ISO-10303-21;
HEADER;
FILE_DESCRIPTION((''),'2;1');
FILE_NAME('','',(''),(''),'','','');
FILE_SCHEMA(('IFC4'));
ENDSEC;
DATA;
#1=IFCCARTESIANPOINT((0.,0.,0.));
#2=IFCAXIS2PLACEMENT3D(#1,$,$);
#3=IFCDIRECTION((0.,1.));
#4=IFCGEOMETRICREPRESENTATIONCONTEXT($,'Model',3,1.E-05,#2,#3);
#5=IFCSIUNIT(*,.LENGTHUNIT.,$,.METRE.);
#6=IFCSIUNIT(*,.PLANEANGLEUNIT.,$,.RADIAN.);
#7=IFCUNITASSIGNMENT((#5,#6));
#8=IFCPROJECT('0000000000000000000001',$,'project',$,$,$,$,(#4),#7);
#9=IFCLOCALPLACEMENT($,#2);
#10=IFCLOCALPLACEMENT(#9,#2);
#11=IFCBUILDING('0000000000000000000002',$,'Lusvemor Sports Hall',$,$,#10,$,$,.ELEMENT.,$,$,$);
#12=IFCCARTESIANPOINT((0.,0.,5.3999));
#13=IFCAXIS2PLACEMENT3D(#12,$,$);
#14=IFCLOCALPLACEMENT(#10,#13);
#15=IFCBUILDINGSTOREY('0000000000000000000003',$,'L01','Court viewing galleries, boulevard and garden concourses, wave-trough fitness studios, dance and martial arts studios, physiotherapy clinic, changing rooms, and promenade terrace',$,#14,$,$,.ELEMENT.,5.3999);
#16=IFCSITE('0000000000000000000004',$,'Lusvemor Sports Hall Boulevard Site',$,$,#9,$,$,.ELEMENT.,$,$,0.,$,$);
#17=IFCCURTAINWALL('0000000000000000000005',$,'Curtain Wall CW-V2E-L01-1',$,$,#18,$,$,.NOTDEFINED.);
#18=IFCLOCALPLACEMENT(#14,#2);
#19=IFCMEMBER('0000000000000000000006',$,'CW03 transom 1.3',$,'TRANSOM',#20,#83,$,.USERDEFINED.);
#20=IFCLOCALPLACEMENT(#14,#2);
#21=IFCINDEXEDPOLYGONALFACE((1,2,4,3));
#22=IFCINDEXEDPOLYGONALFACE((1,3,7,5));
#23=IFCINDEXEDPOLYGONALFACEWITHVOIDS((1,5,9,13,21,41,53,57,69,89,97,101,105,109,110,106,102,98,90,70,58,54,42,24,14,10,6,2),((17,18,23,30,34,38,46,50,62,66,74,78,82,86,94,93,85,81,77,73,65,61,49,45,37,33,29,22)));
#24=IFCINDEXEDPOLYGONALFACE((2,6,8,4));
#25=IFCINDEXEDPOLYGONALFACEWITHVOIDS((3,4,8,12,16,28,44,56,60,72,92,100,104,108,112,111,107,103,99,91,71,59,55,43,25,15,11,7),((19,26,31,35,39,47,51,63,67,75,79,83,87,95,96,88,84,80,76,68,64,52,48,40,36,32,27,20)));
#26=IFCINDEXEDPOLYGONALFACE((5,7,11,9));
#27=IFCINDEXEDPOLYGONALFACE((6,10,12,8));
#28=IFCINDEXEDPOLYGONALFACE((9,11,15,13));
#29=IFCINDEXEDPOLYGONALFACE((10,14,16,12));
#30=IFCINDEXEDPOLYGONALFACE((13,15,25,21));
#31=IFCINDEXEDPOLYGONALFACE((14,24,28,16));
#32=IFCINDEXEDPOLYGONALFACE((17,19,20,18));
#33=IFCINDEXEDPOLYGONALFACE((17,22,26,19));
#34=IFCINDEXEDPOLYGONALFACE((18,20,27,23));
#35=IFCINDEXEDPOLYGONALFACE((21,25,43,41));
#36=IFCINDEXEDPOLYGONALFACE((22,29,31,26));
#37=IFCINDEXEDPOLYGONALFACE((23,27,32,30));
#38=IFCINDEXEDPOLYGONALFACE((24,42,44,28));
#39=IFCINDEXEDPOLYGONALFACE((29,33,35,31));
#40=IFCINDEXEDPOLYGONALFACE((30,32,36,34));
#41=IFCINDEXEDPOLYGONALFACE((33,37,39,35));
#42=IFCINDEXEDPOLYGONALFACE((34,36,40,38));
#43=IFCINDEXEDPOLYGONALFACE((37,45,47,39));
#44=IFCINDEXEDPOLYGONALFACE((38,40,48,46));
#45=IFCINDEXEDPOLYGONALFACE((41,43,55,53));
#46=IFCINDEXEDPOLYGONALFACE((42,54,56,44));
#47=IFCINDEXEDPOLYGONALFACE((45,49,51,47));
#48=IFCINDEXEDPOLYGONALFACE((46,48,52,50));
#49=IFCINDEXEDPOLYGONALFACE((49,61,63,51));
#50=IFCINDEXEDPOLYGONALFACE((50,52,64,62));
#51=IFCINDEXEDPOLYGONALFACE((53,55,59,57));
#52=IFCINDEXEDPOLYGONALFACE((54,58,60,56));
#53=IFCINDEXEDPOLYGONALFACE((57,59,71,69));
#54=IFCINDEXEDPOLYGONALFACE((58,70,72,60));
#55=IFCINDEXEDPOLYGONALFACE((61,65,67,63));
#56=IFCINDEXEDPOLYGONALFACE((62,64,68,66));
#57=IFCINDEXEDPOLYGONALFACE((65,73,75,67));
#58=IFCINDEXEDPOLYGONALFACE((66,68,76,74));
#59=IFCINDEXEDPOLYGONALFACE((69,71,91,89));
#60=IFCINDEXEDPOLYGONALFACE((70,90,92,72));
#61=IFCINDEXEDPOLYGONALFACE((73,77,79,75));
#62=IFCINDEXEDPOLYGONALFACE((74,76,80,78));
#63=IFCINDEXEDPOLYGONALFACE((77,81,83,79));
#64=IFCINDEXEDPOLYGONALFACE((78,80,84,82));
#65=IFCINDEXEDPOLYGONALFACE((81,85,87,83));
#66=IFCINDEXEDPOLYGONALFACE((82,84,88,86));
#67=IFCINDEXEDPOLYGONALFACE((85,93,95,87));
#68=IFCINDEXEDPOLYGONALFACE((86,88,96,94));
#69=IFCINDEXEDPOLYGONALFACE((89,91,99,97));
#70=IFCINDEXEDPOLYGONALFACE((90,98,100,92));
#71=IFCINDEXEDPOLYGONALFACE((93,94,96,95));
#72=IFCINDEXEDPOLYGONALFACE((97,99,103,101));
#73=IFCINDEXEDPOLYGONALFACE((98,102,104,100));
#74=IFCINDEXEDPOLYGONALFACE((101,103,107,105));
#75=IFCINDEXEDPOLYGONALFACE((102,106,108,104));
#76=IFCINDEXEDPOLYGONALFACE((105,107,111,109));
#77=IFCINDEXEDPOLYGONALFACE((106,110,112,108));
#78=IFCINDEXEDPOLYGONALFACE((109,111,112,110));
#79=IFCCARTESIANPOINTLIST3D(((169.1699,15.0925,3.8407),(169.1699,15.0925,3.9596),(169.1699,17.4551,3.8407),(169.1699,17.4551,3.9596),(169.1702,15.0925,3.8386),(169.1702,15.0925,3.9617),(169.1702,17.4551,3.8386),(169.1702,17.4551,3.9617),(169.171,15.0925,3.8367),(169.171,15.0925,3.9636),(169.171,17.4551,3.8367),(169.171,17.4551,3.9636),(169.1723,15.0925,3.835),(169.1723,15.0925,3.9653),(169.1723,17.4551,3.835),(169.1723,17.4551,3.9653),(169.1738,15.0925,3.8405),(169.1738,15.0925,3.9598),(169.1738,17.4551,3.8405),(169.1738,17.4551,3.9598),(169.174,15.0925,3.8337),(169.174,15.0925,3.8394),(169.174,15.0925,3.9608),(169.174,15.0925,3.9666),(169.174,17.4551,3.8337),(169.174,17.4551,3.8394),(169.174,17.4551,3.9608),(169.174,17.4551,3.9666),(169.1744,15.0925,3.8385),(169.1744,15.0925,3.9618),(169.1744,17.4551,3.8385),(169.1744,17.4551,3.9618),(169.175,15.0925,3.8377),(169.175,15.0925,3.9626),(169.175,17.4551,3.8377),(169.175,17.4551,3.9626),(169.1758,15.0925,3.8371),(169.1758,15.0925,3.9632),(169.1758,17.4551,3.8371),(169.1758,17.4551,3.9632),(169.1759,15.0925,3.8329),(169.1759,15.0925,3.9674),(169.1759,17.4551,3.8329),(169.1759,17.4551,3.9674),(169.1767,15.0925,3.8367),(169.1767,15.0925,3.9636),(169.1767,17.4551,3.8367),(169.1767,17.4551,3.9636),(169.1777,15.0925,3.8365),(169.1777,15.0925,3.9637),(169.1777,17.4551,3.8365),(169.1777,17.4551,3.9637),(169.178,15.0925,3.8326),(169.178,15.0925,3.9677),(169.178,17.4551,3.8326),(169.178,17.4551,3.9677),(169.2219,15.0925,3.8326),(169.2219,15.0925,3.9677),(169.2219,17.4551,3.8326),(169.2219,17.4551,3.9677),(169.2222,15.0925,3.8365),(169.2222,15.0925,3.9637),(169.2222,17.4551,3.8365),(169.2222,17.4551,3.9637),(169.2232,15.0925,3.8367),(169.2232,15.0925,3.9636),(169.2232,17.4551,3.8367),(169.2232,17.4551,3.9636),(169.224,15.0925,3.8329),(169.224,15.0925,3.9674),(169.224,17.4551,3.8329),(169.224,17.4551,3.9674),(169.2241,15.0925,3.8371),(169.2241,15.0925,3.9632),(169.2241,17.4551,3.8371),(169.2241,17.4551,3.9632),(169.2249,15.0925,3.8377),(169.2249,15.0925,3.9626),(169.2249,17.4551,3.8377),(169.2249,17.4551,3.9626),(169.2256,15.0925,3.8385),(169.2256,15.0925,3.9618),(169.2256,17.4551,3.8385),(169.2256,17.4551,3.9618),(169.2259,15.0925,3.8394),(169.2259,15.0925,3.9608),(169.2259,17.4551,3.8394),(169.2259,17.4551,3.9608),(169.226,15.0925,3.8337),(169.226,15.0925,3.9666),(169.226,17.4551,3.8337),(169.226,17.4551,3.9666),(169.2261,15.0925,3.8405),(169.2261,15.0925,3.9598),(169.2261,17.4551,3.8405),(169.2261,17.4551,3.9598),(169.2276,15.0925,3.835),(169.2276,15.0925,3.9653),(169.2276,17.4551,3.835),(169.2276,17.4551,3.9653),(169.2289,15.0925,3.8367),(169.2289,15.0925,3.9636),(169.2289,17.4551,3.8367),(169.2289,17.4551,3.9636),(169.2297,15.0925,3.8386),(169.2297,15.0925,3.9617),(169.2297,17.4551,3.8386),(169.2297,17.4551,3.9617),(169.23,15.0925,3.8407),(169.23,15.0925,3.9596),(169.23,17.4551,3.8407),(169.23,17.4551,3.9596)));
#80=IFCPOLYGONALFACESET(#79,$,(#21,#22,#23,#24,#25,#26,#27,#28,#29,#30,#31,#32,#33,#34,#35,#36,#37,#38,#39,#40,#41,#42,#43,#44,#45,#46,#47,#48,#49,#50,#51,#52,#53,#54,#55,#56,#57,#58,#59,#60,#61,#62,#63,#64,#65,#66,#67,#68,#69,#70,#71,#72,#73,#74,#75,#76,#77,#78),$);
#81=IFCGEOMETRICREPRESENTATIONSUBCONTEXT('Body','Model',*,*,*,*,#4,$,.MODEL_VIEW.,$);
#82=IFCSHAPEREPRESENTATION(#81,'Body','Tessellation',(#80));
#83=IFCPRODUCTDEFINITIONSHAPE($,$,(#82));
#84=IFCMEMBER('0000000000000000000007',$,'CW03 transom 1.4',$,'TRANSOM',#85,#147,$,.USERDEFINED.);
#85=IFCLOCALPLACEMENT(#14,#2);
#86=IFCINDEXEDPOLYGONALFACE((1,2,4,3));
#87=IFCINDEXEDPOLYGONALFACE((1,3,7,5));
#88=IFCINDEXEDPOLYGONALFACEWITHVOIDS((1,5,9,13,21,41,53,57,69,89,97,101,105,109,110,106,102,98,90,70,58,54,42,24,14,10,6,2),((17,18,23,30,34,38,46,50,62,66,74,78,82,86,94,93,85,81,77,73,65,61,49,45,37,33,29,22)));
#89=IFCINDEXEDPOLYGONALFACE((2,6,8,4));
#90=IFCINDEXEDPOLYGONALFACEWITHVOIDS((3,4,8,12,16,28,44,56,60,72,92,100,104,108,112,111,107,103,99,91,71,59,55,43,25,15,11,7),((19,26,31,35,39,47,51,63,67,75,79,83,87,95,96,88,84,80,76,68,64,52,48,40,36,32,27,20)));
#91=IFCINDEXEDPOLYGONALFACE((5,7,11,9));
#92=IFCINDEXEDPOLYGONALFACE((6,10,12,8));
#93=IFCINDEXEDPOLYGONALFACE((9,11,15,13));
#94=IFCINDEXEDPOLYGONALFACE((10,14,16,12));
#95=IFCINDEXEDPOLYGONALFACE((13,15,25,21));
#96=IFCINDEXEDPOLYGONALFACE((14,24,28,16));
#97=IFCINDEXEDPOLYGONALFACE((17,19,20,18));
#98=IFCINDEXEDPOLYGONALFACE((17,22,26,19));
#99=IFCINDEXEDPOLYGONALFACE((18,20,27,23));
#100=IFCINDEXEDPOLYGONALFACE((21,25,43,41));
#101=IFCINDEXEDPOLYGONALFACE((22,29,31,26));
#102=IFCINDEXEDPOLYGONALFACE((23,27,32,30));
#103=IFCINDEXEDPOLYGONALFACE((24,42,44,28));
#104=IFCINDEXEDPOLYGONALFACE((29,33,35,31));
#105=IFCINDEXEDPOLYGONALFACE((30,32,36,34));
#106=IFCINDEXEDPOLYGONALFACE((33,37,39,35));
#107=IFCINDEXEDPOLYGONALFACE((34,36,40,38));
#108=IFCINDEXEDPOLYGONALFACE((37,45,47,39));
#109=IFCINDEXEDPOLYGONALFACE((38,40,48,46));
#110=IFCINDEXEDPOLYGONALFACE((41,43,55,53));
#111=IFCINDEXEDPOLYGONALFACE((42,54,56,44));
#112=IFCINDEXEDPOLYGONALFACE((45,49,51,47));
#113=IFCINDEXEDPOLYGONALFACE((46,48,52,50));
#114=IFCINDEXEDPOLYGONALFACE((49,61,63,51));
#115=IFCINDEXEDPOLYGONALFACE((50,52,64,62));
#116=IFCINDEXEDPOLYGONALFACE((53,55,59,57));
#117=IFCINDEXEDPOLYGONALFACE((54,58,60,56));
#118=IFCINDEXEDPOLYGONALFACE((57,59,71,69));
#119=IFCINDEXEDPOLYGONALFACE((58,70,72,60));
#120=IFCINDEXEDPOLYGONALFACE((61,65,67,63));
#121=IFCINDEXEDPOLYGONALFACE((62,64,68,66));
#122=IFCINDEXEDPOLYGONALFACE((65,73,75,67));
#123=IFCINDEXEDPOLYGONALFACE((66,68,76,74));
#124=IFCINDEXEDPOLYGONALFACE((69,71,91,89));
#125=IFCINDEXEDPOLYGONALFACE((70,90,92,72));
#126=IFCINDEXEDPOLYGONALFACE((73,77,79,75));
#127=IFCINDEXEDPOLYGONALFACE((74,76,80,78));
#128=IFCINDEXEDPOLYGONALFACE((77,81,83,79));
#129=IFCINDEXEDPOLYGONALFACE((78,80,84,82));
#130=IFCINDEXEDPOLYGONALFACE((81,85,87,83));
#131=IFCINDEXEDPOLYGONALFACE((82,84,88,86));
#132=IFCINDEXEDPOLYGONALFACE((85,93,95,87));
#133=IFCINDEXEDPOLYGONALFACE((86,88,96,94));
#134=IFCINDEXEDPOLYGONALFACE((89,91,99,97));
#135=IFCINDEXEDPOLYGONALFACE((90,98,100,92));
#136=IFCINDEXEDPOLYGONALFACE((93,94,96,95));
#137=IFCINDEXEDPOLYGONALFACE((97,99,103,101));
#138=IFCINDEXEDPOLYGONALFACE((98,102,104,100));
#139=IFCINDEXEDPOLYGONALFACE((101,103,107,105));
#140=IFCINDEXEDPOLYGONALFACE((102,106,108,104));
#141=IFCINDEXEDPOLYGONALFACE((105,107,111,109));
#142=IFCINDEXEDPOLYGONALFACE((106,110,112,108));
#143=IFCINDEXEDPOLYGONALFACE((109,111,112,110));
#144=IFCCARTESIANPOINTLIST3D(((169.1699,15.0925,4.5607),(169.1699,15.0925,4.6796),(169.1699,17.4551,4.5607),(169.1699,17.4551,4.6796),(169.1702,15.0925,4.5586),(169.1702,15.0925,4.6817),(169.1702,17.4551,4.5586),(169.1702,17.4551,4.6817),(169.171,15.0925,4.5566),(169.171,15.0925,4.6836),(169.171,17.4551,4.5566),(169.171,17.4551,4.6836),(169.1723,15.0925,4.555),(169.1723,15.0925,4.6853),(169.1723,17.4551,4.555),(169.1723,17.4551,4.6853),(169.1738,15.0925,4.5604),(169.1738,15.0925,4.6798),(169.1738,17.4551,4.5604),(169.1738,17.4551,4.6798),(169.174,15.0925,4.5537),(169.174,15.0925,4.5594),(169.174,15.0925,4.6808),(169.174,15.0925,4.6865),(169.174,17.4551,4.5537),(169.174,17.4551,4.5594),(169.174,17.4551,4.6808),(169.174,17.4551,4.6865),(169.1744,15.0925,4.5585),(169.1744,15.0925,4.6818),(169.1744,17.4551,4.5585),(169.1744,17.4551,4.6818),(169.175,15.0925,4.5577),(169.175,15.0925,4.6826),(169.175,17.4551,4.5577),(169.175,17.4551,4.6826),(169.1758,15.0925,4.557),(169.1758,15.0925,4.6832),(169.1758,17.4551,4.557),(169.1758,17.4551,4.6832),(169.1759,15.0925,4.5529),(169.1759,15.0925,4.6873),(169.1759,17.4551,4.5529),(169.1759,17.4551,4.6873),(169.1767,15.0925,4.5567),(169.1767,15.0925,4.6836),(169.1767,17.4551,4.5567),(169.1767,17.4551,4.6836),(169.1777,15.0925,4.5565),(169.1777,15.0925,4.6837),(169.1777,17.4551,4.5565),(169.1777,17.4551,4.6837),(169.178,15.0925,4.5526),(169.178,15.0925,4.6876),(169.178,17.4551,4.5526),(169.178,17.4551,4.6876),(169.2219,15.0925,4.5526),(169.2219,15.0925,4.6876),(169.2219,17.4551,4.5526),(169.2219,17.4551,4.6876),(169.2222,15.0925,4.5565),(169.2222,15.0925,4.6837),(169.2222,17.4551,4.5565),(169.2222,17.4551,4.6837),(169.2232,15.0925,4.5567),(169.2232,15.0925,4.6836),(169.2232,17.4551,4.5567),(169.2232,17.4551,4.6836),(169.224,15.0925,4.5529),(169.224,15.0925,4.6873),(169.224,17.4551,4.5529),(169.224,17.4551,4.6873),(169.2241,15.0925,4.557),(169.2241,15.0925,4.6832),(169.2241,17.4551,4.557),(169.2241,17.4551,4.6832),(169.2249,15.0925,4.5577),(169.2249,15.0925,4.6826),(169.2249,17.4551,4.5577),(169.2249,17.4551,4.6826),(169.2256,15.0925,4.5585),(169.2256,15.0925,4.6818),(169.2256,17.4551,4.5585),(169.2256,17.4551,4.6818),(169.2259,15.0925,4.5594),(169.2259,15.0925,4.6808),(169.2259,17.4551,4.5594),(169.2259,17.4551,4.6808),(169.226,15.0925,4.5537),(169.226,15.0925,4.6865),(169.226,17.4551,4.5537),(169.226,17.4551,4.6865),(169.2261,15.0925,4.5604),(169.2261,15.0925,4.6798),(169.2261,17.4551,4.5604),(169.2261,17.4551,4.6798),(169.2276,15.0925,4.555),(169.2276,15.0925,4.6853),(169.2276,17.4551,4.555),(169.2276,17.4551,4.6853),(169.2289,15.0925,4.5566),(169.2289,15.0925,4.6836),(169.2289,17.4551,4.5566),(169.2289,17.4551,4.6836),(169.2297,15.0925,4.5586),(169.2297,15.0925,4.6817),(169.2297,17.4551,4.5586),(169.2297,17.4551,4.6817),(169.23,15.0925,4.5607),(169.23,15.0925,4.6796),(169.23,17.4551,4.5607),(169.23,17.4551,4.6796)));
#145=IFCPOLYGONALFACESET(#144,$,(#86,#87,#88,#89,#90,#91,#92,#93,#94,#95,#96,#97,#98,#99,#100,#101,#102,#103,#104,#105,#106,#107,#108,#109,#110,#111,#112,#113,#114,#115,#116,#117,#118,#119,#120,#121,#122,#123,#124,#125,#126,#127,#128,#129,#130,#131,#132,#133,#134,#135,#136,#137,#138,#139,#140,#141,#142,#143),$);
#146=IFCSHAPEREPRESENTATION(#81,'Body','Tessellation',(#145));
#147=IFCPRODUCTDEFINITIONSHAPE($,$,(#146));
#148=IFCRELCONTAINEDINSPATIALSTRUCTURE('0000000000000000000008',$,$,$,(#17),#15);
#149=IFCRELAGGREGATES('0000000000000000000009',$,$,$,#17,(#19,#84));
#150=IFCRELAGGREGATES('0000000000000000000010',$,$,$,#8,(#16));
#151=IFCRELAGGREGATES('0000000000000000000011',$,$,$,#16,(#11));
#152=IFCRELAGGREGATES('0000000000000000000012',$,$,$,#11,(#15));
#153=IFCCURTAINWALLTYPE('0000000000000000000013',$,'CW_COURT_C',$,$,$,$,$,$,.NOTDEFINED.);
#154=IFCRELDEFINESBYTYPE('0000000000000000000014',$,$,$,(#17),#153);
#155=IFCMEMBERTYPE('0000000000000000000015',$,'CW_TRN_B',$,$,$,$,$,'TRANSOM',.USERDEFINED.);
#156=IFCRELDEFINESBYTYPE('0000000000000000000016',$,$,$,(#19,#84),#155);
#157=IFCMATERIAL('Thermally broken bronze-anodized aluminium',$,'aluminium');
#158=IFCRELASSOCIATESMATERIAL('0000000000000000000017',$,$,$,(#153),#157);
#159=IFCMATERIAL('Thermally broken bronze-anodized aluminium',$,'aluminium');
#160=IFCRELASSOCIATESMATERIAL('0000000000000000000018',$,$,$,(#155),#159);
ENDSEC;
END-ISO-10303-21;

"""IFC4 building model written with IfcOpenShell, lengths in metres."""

from ifc_helpers import new_model, si_unit, direction, frame, origin, origin_2d, place, context, subcontext, project, spatial, hollow_rectangle, extrude, material, material_profile, profile_set, type_object, element, aggregate, save


model = new_model("IFC4")

# Units and contexts
model_context = context("Model", 3, precision=1e-05, world=origin(), true_north=direction((0.0, 1.0)))
body_context = subcontext(model_context, "Body", "Model", "MODEL_VIEW")
ifc_project = project(units=[si_unit("LENGTHUNIT", "METRE"), si_unit("PLANEANGLEUNIT", "RADIAN")], contexts=[model_context])

# Site, building, storey
site_placement = place(None, origin())
site = spatial("IfcSite", under=ifc_project, at=site_placement, Name="Lusvemor Sports Hall Boulevard Site", CompositionType="ELEMENT", RefElevation=0.0)
building_placement = place(site_placement, origin())
building = spatial("IfcBuilding", under=site, at=building_placement, Name="Lusvemor Sports Hall", CompositionType="ELEMENT")
storey_placement = place(building_placement, frame((0.0, 0.0, 5.3999)))
storey = spatial("IfcBuildingStorey", under=building, at=storey_placement, Name="L01", Description="Court viewing galleries, boulevard and garden concourses, wave-trough fitness studios, dance and martial arts studios, physiotherapy clinic, changing rooms, and promenade terrace", CompositionType="ELEMENT", Elevation=5.3999)

# Curtain wall
ifc_material_1 = material(Name="Thermally broken bronze-anodized aluminium", Category="aluminium")
curtain_wall_type = type_object("IfcCurtainWallType", Name="CW_COURT_C", PredefinedType="NOTDEFINED", material=ifc_material_1)
curtain_wall_1_placement = place(storey_placement, origin())
curtain_wall_1 = element("IfcCurtainWall", 1, at=curtain_wall_1_placement, inside=storey, type_object=curtain_wall_type, Name="Curtain Wall CW-V2E-L01-1", PredefinedType="NOTDEFINED")

# Members
ifc_material_2 = material(Name="Thermally broken bronze-anodized aluminium", Category="aluminium")
ifc_material_profile_1 = material_profile(ifc_material_2, hollow_rectangle(XDim=0.0601, YDim=0.135, WallThickness=0.0039, InnerFilletRadius=0.0039, OuterFilletRadius=0.0081, at=origin_2d()), Name="CWTRN135x60x4")
ifc_profile_set_1 = profile_set([ifc_material_profile_1], Name="Thermally broken bronze-anodized aluminium")
member_type_1 = type_object("IfcMemberType", Name="CW_TRN_B", ElementType="TRANSOM", PredefinedType="USERDEFINED", material=ifc_profile_set_1)
member_1_placement = place(storey_placement, frame((169.2, 17.4551, 3.9001), z_axis=(0.0, -1.0, 0.0), x_axis=(1.0, 0.0, 0.0)))
member_1 = element("IfcMember", 2, at=member_1_placement, type_object=member_type_1, Name="CW03 transom 1.3", ObjectType="TRANSOM", PredefinedType="USERDEFINED", context=body_context, shape_type="SweptSolid", body=[
    extrude(hollow_rectangle(XDim=0.0601, YDim=0.135, WallThickness=0.0039, InnerFilletRadius=0.0039, OuterFilletRadius=0.0081, at=origin_2d()), origin(), (0.0, 0.0, 1.0), 2.3625),
])
member_2_placement = place(storey_placement, frame((169.2, 17.4551, 4.6201), z_axis=(0.0, -1.0, 0.0), x_axis=(1.0, 0.0, 0.0)))
member_2 = element("IfcMember", 3, at=member_2_placement, type_object=member_type_1, Name="CW03 transom 1.4", ObjectType="TRANSOM", PredefinedType="USERDEFINED", context=body_context, shape_type="SweptSolid", body=[
    extrude(hollow_rectangle(XDim=0.0601, YDim=0.135, WallThickness=0.0039, InnerFilletRadius=0.0039, OuterFilletRadius=0.0081, at=origin_2d()), origin(), (0.0, 0.0, 1.0), 2.3625),
])

aggregate(curtain_wall_1, [member_1, member_2])

save(model, "model.ifc")
